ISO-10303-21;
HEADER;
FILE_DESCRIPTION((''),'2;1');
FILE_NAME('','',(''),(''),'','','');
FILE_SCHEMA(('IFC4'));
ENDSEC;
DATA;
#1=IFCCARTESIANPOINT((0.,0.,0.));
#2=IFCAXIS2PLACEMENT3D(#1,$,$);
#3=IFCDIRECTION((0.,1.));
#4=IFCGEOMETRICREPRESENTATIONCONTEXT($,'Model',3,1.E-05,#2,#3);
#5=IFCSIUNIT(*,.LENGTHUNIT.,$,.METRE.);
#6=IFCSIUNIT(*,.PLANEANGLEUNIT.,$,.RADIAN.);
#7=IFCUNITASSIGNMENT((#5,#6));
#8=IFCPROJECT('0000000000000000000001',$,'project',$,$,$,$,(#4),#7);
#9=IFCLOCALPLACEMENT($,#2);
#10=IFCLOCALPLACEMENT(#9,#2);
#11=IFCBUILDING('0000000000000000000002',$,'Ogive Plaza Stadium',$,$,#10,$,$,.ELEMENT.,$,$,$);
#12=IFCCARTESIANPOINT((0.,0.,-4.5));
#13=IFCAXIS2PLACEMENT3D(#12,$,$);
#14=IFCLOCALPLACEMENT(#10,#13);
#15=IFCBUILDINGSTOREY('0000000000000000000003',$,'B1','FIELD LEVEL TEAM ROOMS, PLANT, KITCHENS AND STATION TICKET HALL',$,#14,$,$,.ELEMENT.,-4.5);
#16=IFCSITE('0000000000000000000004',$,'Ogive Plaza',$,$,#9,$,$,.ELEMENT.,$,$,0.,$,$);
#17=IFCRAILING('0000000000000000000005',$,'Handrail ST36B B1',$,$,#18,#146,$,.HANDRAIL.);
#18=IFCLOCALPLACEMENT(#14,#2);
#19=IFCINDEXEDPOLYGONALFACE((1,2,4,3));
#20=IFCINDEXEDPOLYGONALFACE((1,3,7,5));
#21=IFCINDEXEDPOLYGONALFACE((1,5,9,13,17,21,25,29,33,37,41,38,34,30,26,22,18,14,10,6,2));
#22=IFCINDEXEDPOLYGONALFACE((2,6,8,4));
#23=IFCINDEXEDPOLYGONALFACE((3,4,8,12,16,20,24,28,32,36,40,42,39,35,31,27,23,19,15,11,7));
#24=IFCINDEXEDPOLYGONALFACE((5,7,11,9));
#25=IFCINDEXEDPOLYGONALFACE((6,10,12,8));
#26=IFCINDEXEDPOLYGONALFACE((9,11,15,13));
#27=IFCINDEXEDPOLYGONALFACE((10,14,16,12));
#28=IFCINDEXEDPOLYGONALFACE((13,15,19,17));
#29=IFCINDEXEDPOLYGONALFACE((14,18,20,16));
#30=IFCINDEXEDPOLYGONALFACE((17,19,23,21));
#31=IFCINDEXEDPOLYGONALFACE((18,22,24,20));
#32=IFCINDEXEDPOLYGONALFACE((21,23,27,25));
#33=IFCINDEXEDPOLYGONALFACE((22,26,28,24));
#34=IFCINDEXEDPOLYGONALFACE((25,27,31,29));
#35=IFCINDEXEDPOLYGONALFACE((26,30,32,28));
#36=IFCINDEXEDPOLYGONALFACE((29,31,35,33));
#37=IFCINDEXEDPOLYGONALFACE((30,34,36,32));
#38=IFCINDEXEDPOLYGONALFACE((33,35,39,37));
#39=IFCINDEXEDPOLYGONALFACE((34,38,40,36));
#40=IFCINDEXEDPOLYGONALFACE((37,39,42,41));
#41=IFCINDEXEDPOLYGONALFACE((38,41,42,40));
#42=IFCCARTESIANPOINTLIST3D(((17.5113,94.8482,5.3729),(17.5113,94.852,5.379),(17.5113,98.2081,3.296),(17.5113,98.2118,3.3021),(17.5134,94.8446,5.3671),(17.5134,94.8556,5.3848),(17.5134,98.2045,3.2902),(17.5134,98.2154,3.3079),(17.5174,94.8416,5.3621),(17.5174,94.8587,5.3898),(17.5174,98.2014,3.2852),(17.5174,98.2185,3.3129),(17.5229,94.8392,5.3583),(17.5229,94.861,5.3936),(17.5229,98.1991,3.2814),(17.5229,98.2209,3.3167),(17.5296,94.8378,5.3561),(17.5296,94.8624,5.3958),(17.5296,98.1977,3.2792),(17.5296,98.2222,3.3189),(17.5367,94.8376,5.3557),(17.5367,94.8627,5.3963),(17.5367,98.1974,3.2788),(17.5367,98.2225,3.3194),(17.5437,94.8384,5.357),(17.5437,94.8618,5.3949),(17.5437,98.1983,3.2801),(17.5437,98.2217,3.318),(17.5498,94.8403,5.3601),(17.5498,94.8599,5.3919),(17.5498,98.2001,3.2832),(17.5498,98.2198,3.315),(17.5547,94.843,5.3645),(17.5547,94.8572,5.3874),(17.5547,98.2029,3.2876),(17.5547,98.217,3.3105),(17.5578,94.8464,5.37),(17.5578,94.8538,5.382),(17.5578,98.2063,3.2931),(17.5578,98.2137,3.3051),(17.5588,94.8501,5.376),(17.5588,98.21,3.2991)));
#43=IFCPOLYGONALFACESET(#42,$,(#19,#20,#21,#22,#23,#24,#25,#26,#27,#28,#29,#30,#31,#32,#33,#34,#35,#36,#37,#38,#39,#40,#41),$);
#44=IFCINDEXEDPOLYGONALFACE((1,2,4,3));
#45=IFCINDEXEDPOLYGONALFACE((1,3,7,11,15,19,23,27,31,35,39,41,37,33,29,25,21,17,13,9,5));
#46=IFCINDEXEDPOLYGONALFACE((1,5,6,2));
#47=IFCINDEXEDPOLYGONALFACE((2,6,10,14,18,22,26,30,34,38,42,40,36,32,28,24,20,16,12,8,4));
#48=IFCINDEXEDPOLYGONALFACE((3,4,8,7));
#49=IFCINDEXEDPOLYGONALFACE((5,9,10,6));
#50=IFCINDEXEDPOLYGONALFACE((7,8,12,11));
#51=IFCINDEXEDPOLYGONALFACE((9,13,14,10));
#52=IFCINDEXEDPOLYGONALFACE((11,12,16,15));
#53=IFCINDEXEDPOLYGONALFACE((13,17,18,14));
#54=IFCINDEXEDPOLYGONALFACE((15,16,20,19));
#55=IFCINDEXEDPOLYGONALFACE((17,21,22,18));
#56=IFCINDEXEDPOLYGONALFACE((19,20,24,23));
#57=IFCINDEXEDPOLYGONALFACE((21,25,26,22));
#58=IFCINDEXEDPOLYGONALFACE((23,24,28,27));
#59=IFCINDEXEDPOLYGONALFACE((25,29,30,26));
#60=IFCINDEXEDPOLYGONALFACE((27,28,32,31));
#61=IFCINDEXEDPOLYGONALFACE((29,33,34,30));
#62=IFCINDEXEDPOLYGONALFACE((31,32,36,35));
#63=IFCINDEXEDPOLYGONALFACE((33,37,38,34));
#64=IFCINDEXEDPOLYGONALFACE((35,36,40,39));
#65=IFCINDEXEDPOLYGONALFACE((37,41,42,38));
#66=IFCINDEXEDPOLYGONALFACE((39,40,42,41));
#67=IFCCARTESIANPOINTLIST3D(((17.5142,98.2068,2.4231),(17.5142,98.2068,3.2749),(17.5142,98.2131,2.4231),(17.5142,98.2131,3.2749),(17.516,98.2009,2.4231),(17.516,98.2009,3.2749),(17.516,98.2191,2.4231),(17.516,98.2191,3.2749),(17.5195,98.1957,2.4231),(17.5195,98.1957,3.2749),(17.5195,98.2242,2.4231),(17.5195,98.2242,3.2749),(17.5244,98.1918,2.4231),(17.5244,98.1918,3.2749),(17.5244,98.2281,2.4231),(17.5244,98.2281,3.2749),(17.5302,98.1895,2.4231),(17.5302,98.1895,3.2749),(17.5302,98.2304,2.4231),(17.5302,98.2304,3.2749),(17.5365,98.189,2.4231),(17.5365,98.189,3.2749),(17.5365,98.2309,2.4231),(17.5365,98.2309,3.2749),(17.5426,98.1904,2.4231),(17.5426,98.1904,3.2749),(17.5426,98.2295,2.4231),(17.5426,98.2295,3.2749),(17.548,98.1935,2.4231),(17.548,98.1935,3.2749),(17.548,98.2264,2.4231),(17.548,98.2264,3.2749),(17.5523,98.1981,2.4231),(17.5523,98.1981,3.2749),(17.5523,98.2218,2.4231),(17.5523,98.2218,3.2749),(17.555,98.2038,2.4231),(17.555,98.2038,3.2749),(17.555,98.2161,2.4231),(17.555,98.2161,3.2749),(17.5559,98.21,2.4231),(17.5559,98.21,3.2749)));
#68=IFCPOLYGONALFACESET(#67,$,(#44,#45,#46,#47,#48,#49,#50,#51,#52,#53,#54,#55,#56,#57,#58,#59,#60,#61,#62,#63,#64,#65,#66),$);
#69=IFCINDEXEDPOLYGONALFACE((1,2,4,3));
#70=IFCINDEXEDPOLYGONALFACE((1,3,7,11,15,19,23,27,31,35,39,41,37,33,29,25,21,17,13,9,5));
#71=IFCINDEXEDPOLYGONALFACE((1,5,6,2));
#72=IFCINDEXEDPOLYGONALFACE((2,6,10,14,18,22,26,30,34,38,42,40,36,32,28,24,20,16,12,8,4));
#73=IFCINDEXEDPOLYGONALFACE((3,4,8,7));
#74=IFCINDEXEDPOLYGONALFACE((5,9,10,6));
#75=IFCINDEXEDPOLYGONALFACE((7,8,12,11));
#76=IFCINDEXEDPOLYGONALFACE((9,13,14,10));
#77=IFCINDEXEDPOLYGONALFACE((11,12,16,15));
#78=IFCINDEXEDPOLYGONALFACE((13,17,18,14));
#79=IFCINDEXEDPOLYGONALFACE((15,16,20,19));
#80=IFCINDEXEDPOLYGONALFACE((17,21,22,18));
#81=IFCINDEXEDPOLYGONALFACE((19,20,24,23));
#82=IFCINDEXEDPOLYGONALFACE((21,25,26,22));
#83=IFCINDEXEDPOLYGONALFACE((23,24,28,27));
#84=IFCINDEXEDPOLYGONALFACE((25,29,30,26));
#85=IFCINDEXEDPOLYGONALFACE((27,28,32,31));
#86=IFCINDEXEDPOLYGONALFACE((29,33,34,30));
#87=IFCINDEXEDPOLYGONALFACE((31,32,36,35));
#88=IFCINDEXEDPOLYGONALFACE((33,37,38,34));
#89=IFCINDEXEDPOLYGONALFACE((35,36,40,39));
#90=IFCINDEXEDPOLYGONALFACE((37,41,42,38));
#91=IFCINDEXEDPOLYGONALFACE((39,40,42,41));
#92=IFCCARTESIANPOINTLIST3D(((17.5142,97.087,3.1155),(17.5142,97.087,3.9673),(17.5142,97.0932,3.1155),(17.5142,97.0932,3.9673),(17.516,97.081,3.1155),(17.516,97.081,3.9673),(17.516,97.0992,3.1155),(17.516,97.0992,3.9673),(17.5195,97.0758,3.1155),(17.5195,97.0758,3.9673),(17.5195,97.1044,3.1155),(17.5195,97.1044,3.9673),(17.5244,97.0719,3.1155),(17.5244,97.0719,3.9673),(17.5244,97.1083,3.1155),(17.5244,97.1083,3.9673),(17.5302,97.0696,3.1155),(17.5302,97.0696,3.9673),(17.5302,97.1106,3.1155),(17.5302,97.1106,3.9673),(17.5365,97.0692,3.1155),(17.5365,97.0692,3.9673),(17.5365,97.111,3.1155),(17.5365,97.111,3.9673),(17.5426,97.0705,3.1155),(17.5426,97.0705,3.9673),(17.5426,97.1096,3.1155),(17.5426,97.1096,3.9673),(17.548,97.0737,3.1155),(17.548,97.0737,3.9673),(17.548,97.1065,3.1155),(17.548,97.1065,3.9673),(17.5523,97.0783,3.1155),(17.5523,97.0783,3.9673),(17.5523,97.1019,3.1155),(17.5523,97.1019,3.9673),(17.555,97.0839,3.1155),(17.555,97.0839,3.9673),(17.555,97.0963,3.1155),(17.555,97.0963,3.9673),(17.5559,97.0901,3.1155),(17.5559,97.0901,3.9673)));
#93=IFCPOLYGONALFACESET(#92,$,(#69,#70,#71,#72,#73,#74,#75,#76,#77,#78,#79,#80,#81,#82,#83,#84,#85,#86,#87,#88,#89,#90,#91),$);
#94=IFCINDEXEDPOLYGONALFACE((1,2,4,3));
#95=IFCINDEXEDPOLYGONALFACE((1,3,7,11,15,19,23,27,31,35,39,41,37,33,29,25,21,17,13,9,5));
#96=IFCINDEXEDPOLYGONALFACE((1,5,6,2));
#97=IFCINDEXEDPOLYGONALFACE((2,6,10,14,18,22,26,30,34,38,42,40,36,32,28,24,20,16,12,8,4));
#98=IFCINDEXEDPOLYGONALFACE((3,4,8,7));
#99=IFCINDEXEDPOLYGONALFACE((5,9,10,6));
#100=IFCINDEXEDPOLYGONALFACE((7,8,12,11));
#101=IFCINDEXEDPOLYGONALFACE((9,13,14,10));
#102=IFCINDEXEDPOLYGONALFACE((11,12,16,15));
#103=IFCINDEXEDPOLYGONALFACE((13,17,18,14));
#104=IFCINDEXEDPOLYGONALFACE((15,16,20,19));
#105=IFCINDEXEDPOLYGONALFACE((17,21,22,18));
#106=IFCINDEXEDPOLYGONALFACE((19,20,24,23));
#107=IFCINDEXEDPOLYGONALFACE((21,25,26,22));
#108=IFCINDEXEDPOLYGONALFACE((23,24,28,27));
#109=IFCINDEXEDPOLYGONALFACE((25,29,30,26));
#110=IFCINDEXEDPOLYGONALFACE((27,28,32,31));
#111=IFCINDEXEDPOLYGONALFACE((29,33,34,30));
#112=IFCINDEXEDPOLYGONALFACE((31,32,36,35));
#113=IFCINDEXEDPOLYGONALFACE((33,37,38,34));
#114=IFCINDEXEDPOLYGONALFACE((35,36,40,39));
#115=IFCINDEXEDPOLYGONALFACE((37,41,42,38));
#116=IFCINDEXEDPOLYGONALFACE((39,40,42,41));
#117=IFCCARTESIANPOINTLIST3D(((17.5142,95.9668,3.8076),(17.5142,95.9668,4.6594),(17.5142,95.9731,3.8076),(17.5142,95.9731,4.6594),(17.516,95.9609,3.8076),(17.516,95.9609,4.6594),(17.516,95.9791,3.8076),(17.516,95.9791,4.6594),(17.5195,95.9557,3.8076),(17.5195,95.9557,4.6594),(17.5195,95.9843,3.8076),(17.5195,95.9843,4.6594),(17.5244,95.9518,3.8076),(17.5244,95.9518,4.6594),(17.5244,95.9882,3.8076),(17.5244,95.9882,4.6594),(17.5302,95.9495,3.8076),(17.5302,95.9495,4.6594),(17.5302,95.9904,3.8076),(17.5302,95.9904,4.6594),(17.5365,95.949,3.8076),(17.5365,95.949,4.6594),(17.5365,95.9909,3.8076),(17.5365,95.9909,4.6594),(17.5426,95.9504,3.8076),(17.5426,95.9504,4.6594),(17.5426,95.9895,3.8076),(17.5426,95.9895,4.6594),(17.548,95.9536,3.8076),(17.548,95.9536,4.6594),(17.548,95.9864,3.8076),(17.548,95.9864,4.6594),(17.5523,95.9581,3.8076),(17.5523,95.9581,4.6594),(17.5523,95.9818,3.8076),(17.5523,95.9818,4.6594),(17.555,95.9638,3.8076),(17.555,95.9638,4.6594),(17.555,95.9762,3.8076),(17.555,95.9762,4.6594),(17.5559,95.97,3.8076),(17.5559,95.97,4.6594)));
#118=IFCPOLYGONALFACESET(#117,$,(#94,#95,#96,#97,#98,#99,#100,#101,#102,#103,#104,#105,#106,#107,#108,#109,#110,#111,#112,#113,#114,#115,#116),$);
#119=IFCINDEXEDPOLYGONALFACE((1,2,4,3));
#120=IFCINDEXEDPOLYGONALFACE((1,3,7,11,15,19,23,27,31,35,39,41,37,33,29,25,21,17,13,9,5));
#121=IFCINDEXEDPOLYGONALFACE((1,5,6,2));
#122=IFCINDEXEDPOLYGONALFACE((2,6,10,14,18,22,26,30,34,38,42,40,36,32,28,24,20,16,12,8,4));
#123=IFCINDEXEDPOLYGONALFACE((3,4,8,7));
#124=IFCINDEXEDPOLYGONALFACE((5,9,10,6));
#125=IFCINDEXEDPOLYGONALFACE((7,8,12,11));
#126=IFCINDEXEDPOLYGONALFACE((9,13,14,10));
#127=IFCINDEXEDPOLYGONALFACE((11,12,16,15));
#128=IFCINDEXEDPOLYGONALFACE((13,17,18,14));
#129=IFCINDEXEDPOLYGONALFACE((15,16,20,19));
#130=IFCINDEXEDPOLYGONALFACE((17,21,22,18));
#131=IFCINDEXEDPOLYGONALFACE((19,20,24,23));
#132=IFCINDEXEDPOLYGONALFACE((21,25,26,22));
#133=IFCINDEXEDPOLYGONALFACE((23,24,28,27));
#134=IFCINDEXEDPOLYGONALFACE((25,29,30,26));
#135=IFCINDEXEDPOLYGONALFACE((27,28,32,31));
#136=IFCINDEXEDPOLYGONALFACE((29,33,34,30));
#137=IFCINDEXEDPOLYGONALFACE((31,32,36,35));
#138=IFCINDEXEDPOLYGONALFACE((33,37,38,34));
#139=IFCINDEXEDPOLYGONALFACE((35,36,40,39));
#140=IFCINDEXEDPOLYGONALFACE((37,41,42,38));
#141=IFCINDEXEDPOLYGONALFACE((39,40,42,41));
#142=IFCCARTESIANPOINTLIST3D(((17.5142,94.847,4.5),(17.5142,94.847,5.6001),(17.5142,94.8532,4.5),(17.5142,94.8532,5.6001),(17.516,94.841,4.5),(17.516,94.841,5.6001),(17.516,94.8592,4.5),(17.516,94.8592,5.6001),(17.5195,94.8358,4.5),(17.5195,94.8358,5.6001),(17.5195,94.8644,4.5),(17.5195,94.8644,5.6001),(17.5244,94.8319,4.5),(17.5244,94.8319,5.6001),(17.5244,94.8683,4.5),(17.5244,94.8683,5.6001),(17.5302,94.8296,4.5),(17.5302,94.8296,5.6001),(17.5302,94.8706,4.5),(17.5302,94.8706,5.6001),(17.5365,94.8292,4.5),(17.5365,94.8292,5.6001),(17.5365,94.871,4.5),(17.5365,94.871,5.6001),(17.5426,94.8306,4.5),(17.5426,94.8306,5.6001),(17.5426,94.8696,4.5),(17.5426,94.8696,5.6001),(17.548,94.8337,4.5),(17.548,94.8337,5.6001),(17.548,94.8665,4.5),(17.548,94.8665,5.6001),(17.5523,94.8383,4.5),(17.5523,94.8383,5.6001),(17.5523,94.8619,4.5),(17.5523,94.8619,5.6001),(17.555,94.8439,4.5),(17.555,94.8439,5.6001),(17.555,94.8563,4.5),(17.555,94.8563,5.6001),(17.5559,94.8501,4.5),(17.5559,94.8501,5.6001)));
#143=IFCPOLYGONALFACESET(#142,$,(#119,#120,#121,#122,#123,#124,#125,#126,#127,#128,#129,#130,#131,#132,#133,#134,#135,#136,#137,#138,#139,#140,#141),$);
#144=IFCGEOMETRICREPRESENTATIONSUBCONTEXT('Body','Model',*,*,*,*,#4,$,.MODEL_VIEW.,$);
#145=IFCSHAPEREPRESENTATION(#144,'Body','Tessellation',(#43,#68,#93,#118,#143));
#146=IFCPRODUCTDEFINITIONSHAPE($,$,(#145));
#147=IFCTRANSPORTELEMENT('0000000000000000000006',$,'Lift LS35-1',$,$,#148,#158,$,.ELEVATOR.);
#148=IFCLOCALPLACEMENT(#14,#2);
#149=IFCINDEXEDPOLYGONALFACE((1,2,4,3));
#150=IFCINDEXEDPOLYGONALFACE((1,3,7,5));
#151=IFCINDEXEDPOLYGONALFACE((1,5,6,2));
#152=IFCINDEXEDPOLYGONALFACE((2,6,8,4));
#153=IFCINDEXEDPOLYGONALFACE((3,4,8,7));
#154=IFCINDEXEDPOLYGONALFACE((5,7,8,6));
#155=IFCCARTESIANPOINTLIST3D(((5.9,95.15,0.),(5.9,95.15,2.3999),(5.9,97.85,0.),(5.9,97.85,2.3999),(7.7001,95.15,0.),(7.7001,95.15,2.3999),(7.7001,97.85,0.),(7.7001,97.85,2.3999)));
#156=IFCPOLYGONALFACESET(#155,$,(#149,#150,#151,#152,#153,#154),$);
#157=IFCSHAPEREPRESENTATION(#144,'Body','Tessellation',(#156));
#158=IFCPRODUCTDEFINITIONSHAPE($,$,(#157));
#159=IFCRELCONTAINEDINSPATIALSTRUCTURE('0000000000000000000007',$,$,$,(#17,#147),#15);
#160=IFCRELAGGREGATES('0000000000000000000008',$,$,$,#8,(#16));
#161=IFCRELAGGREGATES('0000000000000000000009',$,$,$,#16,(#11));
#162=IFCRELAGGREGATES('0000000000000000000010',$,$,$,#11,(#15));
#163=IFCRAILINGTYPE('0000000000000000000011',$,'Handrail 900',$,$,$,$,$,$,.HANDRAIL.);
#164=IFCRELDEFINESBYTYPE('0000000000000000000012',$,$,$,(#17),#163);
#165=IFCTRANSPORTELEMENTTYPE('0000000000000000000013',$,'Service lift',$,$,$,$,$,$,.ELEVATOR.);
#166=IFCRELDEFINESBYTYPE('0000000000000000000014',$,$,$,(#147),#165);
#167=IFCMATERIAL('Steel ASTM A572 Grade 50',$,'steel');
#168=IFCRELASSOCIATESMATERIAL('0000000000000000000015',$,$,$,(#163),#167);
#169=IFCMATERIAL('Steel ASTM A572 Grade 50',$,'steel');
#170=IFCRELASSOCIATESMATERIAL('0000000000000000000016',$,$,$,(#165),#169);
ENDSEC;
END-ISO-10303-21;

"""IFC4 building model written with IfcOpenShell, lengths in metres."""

from ifc_helpers import new_model, si_unit, direction, frame, origin, origin_2d, place, context, subcontext, project, spatial, rectangle, circle, extrude, material, type_object, element, save


model = new_model("IFC4")

# Units and contexts
model_context = context("Model", 3, precision=1e-05, world=origin(), true_north=direction((0.0, 1.0)))
body_context = subcontext(model_context, "Body", "Model", "MODEL_VIEW")
ifc_project = project(units=[si_unit("LENGTHUNIT", "METRE"), si_unit("PLANEANGLEUNIT", "RADIAN")], contexts=[model_context])

# Site, building, storey
site_placement = place(None, origin())
site = spatial("IfcSite", under=ifc_project, at=site_placement, Name="Ogive Plaza", CompositionType="ELEMENT", RefElevation=0.0)
building_placement = place(site_placement, origin())
building = spatial("IfcBuilding", under=site, at=building_placement, Name="Ogive Plaza Stadium", CompositionType="ELEMENT")
storey_placement = place(building_placement, frame((0.0, 0.0, -4.5)))
storey = spatial("IfcBuildingStorey", under=building, at=storey_placement, Name="B1", Description="FIELD LEVEL TEAM ROOMS, PLANT, KITCHENS AND STATION TICKET HALL", CompositionType="ELEMENT", Elevation=-4.5)

# Railing
ifc_material_1 = material(Name="Steel ASTM A572 Grade 50", Category="steel")
railing_type_1 = type_object("IfcRailingType", Name="Handrail 900", PredefinedType="HANDRAIL", material=ifc_material_1)
for number, where, name in (
    (1, (17.5349, 98.21, 2.4231), "Handrail ST36B B1"),
):
    element("IfcRailing", number, at=place(storey_placement, frame(where)), inside=storey, type_object=railing_type_1, Name=name, PredefinedType="HANDRAIL", context=body_context, shape_type="SweptSolid", body=[
        extrude(circle(Radius=0.0239, at=origin_2d()), frame((0.0, 0.0, 0.876), z_axis=(0.0, -0.850606, 0.525803), x_axis=(1.0, 0.0, 0.0)), (0.0, 0.0, 1.0), 3.95),
        extrude(circle(Radius=0.021, at=origin_2d()), origin(), (0.0, 0.0, 1.0), 0.8518),
        extrude(circle(Radius=0.021, at=origin_2d()), frame((0.0, -1.1199, 0.6924)), (0.0, 0.0, 1.0), 0.8518),
        extrude(circle(Radius=0.021, at=origin_2d()), frame((0.0, -2.24, 1.3845)), (0.0, 0.0, 1.0), 0.8518),
        extrude(circle(Radius=0.021, at=origin_2d()), frame((0.0, -3.3599, 2.0769)), (0.0, 0.0, 1.0), 1.1001),
    ])

# Transport element
ifc_material_2 = material(Name="Steel ASTM A572 Grade 50", Category="steel")
transport_element_type = type_object("IfcTransportElementType", Name="Service lift", PredefinedType="ELEVATOR", material=ifc_material_2)
transport_element_placement = place(storey_placement, frame((6.8, 96.5, 0.0), z_axis=(0.0, 0.0, 1.0), x_axis=(0.0, 1.0, 0.0)))
element("IfcTransportElement", 2, at=transport_element_placement, inside=storey, type_object=transport_element_type, Name="Lift LS35-1", PredefinedType="ELEVATOR", context=body_context, shape_type="SweptSolid", body=[
    extrude(rectangle(XDim=2.7, YDim=1.8, at=origin_2d()), origin(), (0.0, 0.0, 1.0), 2.3999),
])

save(model, "model.ifc")
